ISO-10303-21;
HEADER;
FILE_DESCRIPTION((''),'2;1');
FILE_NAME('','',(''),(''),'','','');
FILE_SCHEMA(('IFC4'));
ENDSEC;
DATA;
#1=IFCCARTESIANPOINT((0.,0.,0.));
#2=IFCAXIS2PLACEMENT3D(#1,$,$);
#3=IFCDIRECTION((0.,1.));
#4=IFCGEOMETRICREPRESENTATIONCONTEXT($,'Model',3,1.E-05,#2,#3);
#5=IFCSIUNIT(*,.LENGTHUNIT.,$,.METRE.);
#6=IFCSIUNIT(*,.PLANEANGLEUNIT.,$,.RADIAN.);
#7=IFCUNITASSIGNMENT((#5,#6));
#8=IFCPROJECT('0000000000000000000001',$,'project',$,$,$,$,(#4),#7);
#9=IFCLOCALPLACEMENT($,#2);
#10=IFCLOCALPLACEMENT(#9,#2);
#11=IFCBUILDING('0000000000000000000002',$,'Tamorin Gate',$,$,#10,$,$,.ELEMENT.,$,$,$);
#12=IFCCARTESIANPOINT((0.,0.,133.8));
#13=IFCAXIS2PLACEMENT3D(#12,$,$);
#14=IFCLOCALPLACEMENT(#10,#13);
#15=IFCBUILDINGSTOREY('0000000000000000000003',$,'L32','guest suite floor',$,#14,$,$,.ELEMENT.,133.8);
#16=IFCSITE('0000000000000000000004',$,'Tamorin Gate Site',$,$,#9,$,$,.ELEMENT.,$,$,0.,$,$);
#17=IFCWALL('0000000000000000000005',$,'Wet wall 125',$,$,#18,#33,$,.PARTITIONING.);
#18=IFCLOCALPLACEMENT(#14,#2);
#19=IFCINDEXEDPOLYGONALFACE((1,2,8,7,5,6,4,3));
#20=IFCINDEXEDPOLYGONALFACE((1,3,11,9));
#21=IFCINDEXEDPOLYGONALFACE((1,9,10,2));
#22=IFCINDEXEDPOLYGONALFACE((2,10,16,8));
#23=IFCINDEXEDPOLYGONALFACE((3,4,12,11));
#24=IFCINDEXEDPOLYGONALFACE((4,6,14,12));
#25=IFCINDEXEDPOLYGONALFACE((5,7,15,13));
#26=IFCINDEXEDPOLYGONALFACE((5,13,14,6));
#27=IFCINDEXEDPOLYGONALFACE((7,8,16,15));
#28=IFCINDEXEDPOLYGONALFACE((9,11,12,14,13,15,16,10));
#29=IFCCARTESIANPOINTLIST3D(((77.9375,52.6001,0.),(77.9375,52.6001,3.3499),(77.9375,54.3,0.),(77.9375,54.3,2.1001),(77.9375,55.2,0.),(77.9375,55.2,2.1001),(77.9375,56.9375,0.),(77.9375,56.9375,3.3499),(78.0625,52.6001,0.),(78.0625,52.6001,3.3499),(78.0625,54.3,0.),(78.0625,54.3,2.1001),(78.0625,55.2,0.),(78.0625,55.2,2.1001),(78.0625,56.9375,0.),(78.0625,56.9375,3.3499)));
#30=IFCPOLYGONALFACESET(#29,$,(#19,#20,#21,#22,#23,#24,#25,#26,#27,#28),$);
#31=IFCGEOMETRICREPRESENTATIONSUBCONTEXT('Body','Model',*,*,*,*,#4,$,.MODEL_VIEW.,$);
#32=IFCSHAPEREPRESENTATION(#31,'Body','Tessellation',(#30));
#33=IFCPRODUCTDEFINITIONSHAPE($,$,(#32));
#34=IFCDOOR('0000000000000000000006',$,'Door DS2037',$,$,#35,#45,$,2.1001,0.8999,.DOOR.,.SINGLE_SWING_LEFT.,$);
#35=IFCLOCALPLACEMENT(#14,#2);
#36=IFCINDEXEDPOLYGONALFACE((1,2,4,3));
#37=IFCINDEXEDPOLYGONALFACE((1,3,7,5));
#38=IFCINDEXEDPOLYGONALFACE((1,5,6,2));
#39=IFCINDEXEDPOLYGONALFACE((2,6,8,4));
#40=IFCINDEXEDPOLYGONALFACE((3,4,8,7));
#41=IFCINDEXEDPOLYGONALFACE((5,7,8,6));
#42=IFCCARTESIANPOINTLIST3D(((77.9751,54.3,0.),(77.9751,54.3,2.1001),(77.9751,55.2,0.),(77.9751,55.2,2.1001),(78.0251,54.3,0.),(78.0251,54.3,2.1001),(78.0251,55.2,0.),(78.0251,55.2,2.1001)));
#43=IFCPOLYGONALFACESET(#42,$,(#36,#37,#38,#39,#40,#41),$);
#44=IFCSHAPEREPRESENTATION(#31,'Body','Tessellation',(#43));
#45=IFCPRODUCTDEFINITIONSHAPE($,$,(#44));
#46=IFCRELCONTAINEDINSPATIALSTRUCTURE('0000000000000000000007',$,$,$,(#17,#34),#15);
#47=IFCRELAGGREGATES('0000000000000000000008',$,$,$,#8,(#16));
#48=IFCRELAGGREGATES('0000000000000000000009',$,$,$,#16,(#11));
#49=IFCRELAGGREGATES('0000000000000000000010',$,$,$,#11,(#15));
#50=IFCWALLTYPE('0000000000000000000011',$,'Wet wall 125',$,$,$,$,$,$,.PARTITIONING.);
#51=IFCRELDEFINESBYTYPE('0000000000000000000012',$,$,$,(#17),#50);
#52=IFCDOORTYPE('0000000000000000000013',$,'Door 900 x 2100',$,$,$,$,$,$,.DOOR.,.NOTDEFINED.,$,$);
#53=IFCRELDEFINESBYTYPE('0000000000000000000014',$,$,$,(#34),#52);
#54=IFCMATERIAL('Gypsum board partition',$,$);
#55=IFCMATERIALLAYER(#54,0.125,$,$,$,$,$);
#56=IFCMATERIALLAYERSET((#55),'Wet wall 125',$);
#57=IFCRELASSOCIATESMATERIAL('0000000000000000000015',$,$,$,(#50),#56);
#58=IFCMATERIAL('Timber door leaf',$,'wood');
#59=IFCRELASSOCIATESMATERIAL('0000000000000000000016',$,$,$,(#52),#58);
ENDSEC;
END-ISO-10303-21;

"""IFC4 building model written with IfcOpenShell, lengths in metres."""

from ifc_helpers import new_model, si_unit, direction, frame, frame_2d, origin, place, context, subcontext, project, spatial, rectangle, extrude, material, layer, layer_set, type_object, element, fill, save


model = new_model("IFC4")

# Units and contexts
model_context = context("Model", 3, precision=1e-05, world=origin(), true_north=direction((0.0, 1.0)))
body_context = subcontext(model_context, "Body", "Model", "MODEL_VIEW")
ifc_project = project(units=[si_unit("LENGTHUNIT", "METRE"), si_unit("PLANEANGLEUNIT", "RADIAN")], contexts=[model_context])

# Site, building, storey
site_placement = place(None, origin())
site = spatial("IfcSite", under=ifc_project, at=site_placement, Name="Tamorin Gate Site", CompositionType="ELEMENT", RefElevation=0.0)
building_placement = place(site_placement, origin())
building = spatial("IfcBuilding", under=site, at=building_placement, Name="Tamorin Gate", CompositionType="ELEMENT")
storey_placement = place(building_placement, frame((0.0, 0.0, 133.8)))
storey = spatial("IfcBuildingStorey", under=building, at=storey_placement, Name="L32", Description="guest suite floor", CompositionType="ELEMENT", Elevation=133.8)

# Shared definitions
ifc_material_1 = material(Name="Gypsum board partition")
ifc_material_2 = material(Name="Timber door leaf", Category="wood")

# Shared definitions
ifc_layer_1 = layer(ifc_material_1, 0.125)
ifc_layer_set_1 = layer_set([ifc_layer_1], Name="Wet wall 125")
wall_type_1 = type_object("IfcWallType", Name="Wet wall 125", PredefinedType="PARTITIONING", material=ifc_layer_set_1)

# Wall, opening, door
wall_1_placement = place(storey_placement, frame((78.0, 52.6001, 0.0), z_axis=(0.0, 0.0, 1.0), x_axis=(0.0, 1.0, 0.0)))
wall_1 = element("IfcWall", 1, at=wall_1_placement, inside=storey, type_object=wall_type_1, Name="Wet wall 125", PredefinedType="PARTITIONING", context=body_context, shape_type="SweptSolid", body=[
    extrude(rectangle(XDim=4.3374, YDim=0.125, at=frame_2d((2.1687, 0.0))), origin(), (0.0, 0.0, 1.0), 3.3499),
])
opening_1_placement = place(wall_1_placement, frame((1.7, 0.0, 0.0)))
opening_1 = element("IfcOpeningElement", 2, at=opening_1_placement, cuts=wall_1, PredefinedType="OPENING", context=body_context, shape_type="SweptSolid", body=[
    extrude(rectangle(XDim=0.8999, YDim=2.1001, at=frame_2d((0.45, 1.05))), frame((0.0, 0.0725, 0.0), z_axis=(0.0, -1.0, 0.0), x_axis=(1.0, 0.0, 0.0)), (0.0, 0.0, 1.0), 0.145),
])
door_type_1 = type_object("IfcDoorType", Name="Door 900 x 2100", OperationType="NOTDEFINED", PredefinedType="DOOR", material=ifc_material_2)
door_1_placement = place(opening_1_placement, origin())
door_1 = element("IfcDoor", 3, at=door_1_placement, inside=storey, type_object=door_type_1, Name="Door DS2037", OperationType="SINGLE_SWING_LEFT", OverallHeight=2.1001, OverallWidth=0.8999, PredefinedType="DOOR", context=body_context, shape_type="SweptSolid", body=[
    extrude(rectangle(XDim=0.8999, YDim=2.1001, at=frame_2d((0.45, 1.05))), frame((0.0, 0.0249, 0.0), z_axis=(0.0, -1.0, 0.0), x_axis=(1.0, 0.0, 0.0)), (0.0, 0.0, 1.0), 0.05),
])
fill(opening_1, door_1)

save(model, "model.ifc")
